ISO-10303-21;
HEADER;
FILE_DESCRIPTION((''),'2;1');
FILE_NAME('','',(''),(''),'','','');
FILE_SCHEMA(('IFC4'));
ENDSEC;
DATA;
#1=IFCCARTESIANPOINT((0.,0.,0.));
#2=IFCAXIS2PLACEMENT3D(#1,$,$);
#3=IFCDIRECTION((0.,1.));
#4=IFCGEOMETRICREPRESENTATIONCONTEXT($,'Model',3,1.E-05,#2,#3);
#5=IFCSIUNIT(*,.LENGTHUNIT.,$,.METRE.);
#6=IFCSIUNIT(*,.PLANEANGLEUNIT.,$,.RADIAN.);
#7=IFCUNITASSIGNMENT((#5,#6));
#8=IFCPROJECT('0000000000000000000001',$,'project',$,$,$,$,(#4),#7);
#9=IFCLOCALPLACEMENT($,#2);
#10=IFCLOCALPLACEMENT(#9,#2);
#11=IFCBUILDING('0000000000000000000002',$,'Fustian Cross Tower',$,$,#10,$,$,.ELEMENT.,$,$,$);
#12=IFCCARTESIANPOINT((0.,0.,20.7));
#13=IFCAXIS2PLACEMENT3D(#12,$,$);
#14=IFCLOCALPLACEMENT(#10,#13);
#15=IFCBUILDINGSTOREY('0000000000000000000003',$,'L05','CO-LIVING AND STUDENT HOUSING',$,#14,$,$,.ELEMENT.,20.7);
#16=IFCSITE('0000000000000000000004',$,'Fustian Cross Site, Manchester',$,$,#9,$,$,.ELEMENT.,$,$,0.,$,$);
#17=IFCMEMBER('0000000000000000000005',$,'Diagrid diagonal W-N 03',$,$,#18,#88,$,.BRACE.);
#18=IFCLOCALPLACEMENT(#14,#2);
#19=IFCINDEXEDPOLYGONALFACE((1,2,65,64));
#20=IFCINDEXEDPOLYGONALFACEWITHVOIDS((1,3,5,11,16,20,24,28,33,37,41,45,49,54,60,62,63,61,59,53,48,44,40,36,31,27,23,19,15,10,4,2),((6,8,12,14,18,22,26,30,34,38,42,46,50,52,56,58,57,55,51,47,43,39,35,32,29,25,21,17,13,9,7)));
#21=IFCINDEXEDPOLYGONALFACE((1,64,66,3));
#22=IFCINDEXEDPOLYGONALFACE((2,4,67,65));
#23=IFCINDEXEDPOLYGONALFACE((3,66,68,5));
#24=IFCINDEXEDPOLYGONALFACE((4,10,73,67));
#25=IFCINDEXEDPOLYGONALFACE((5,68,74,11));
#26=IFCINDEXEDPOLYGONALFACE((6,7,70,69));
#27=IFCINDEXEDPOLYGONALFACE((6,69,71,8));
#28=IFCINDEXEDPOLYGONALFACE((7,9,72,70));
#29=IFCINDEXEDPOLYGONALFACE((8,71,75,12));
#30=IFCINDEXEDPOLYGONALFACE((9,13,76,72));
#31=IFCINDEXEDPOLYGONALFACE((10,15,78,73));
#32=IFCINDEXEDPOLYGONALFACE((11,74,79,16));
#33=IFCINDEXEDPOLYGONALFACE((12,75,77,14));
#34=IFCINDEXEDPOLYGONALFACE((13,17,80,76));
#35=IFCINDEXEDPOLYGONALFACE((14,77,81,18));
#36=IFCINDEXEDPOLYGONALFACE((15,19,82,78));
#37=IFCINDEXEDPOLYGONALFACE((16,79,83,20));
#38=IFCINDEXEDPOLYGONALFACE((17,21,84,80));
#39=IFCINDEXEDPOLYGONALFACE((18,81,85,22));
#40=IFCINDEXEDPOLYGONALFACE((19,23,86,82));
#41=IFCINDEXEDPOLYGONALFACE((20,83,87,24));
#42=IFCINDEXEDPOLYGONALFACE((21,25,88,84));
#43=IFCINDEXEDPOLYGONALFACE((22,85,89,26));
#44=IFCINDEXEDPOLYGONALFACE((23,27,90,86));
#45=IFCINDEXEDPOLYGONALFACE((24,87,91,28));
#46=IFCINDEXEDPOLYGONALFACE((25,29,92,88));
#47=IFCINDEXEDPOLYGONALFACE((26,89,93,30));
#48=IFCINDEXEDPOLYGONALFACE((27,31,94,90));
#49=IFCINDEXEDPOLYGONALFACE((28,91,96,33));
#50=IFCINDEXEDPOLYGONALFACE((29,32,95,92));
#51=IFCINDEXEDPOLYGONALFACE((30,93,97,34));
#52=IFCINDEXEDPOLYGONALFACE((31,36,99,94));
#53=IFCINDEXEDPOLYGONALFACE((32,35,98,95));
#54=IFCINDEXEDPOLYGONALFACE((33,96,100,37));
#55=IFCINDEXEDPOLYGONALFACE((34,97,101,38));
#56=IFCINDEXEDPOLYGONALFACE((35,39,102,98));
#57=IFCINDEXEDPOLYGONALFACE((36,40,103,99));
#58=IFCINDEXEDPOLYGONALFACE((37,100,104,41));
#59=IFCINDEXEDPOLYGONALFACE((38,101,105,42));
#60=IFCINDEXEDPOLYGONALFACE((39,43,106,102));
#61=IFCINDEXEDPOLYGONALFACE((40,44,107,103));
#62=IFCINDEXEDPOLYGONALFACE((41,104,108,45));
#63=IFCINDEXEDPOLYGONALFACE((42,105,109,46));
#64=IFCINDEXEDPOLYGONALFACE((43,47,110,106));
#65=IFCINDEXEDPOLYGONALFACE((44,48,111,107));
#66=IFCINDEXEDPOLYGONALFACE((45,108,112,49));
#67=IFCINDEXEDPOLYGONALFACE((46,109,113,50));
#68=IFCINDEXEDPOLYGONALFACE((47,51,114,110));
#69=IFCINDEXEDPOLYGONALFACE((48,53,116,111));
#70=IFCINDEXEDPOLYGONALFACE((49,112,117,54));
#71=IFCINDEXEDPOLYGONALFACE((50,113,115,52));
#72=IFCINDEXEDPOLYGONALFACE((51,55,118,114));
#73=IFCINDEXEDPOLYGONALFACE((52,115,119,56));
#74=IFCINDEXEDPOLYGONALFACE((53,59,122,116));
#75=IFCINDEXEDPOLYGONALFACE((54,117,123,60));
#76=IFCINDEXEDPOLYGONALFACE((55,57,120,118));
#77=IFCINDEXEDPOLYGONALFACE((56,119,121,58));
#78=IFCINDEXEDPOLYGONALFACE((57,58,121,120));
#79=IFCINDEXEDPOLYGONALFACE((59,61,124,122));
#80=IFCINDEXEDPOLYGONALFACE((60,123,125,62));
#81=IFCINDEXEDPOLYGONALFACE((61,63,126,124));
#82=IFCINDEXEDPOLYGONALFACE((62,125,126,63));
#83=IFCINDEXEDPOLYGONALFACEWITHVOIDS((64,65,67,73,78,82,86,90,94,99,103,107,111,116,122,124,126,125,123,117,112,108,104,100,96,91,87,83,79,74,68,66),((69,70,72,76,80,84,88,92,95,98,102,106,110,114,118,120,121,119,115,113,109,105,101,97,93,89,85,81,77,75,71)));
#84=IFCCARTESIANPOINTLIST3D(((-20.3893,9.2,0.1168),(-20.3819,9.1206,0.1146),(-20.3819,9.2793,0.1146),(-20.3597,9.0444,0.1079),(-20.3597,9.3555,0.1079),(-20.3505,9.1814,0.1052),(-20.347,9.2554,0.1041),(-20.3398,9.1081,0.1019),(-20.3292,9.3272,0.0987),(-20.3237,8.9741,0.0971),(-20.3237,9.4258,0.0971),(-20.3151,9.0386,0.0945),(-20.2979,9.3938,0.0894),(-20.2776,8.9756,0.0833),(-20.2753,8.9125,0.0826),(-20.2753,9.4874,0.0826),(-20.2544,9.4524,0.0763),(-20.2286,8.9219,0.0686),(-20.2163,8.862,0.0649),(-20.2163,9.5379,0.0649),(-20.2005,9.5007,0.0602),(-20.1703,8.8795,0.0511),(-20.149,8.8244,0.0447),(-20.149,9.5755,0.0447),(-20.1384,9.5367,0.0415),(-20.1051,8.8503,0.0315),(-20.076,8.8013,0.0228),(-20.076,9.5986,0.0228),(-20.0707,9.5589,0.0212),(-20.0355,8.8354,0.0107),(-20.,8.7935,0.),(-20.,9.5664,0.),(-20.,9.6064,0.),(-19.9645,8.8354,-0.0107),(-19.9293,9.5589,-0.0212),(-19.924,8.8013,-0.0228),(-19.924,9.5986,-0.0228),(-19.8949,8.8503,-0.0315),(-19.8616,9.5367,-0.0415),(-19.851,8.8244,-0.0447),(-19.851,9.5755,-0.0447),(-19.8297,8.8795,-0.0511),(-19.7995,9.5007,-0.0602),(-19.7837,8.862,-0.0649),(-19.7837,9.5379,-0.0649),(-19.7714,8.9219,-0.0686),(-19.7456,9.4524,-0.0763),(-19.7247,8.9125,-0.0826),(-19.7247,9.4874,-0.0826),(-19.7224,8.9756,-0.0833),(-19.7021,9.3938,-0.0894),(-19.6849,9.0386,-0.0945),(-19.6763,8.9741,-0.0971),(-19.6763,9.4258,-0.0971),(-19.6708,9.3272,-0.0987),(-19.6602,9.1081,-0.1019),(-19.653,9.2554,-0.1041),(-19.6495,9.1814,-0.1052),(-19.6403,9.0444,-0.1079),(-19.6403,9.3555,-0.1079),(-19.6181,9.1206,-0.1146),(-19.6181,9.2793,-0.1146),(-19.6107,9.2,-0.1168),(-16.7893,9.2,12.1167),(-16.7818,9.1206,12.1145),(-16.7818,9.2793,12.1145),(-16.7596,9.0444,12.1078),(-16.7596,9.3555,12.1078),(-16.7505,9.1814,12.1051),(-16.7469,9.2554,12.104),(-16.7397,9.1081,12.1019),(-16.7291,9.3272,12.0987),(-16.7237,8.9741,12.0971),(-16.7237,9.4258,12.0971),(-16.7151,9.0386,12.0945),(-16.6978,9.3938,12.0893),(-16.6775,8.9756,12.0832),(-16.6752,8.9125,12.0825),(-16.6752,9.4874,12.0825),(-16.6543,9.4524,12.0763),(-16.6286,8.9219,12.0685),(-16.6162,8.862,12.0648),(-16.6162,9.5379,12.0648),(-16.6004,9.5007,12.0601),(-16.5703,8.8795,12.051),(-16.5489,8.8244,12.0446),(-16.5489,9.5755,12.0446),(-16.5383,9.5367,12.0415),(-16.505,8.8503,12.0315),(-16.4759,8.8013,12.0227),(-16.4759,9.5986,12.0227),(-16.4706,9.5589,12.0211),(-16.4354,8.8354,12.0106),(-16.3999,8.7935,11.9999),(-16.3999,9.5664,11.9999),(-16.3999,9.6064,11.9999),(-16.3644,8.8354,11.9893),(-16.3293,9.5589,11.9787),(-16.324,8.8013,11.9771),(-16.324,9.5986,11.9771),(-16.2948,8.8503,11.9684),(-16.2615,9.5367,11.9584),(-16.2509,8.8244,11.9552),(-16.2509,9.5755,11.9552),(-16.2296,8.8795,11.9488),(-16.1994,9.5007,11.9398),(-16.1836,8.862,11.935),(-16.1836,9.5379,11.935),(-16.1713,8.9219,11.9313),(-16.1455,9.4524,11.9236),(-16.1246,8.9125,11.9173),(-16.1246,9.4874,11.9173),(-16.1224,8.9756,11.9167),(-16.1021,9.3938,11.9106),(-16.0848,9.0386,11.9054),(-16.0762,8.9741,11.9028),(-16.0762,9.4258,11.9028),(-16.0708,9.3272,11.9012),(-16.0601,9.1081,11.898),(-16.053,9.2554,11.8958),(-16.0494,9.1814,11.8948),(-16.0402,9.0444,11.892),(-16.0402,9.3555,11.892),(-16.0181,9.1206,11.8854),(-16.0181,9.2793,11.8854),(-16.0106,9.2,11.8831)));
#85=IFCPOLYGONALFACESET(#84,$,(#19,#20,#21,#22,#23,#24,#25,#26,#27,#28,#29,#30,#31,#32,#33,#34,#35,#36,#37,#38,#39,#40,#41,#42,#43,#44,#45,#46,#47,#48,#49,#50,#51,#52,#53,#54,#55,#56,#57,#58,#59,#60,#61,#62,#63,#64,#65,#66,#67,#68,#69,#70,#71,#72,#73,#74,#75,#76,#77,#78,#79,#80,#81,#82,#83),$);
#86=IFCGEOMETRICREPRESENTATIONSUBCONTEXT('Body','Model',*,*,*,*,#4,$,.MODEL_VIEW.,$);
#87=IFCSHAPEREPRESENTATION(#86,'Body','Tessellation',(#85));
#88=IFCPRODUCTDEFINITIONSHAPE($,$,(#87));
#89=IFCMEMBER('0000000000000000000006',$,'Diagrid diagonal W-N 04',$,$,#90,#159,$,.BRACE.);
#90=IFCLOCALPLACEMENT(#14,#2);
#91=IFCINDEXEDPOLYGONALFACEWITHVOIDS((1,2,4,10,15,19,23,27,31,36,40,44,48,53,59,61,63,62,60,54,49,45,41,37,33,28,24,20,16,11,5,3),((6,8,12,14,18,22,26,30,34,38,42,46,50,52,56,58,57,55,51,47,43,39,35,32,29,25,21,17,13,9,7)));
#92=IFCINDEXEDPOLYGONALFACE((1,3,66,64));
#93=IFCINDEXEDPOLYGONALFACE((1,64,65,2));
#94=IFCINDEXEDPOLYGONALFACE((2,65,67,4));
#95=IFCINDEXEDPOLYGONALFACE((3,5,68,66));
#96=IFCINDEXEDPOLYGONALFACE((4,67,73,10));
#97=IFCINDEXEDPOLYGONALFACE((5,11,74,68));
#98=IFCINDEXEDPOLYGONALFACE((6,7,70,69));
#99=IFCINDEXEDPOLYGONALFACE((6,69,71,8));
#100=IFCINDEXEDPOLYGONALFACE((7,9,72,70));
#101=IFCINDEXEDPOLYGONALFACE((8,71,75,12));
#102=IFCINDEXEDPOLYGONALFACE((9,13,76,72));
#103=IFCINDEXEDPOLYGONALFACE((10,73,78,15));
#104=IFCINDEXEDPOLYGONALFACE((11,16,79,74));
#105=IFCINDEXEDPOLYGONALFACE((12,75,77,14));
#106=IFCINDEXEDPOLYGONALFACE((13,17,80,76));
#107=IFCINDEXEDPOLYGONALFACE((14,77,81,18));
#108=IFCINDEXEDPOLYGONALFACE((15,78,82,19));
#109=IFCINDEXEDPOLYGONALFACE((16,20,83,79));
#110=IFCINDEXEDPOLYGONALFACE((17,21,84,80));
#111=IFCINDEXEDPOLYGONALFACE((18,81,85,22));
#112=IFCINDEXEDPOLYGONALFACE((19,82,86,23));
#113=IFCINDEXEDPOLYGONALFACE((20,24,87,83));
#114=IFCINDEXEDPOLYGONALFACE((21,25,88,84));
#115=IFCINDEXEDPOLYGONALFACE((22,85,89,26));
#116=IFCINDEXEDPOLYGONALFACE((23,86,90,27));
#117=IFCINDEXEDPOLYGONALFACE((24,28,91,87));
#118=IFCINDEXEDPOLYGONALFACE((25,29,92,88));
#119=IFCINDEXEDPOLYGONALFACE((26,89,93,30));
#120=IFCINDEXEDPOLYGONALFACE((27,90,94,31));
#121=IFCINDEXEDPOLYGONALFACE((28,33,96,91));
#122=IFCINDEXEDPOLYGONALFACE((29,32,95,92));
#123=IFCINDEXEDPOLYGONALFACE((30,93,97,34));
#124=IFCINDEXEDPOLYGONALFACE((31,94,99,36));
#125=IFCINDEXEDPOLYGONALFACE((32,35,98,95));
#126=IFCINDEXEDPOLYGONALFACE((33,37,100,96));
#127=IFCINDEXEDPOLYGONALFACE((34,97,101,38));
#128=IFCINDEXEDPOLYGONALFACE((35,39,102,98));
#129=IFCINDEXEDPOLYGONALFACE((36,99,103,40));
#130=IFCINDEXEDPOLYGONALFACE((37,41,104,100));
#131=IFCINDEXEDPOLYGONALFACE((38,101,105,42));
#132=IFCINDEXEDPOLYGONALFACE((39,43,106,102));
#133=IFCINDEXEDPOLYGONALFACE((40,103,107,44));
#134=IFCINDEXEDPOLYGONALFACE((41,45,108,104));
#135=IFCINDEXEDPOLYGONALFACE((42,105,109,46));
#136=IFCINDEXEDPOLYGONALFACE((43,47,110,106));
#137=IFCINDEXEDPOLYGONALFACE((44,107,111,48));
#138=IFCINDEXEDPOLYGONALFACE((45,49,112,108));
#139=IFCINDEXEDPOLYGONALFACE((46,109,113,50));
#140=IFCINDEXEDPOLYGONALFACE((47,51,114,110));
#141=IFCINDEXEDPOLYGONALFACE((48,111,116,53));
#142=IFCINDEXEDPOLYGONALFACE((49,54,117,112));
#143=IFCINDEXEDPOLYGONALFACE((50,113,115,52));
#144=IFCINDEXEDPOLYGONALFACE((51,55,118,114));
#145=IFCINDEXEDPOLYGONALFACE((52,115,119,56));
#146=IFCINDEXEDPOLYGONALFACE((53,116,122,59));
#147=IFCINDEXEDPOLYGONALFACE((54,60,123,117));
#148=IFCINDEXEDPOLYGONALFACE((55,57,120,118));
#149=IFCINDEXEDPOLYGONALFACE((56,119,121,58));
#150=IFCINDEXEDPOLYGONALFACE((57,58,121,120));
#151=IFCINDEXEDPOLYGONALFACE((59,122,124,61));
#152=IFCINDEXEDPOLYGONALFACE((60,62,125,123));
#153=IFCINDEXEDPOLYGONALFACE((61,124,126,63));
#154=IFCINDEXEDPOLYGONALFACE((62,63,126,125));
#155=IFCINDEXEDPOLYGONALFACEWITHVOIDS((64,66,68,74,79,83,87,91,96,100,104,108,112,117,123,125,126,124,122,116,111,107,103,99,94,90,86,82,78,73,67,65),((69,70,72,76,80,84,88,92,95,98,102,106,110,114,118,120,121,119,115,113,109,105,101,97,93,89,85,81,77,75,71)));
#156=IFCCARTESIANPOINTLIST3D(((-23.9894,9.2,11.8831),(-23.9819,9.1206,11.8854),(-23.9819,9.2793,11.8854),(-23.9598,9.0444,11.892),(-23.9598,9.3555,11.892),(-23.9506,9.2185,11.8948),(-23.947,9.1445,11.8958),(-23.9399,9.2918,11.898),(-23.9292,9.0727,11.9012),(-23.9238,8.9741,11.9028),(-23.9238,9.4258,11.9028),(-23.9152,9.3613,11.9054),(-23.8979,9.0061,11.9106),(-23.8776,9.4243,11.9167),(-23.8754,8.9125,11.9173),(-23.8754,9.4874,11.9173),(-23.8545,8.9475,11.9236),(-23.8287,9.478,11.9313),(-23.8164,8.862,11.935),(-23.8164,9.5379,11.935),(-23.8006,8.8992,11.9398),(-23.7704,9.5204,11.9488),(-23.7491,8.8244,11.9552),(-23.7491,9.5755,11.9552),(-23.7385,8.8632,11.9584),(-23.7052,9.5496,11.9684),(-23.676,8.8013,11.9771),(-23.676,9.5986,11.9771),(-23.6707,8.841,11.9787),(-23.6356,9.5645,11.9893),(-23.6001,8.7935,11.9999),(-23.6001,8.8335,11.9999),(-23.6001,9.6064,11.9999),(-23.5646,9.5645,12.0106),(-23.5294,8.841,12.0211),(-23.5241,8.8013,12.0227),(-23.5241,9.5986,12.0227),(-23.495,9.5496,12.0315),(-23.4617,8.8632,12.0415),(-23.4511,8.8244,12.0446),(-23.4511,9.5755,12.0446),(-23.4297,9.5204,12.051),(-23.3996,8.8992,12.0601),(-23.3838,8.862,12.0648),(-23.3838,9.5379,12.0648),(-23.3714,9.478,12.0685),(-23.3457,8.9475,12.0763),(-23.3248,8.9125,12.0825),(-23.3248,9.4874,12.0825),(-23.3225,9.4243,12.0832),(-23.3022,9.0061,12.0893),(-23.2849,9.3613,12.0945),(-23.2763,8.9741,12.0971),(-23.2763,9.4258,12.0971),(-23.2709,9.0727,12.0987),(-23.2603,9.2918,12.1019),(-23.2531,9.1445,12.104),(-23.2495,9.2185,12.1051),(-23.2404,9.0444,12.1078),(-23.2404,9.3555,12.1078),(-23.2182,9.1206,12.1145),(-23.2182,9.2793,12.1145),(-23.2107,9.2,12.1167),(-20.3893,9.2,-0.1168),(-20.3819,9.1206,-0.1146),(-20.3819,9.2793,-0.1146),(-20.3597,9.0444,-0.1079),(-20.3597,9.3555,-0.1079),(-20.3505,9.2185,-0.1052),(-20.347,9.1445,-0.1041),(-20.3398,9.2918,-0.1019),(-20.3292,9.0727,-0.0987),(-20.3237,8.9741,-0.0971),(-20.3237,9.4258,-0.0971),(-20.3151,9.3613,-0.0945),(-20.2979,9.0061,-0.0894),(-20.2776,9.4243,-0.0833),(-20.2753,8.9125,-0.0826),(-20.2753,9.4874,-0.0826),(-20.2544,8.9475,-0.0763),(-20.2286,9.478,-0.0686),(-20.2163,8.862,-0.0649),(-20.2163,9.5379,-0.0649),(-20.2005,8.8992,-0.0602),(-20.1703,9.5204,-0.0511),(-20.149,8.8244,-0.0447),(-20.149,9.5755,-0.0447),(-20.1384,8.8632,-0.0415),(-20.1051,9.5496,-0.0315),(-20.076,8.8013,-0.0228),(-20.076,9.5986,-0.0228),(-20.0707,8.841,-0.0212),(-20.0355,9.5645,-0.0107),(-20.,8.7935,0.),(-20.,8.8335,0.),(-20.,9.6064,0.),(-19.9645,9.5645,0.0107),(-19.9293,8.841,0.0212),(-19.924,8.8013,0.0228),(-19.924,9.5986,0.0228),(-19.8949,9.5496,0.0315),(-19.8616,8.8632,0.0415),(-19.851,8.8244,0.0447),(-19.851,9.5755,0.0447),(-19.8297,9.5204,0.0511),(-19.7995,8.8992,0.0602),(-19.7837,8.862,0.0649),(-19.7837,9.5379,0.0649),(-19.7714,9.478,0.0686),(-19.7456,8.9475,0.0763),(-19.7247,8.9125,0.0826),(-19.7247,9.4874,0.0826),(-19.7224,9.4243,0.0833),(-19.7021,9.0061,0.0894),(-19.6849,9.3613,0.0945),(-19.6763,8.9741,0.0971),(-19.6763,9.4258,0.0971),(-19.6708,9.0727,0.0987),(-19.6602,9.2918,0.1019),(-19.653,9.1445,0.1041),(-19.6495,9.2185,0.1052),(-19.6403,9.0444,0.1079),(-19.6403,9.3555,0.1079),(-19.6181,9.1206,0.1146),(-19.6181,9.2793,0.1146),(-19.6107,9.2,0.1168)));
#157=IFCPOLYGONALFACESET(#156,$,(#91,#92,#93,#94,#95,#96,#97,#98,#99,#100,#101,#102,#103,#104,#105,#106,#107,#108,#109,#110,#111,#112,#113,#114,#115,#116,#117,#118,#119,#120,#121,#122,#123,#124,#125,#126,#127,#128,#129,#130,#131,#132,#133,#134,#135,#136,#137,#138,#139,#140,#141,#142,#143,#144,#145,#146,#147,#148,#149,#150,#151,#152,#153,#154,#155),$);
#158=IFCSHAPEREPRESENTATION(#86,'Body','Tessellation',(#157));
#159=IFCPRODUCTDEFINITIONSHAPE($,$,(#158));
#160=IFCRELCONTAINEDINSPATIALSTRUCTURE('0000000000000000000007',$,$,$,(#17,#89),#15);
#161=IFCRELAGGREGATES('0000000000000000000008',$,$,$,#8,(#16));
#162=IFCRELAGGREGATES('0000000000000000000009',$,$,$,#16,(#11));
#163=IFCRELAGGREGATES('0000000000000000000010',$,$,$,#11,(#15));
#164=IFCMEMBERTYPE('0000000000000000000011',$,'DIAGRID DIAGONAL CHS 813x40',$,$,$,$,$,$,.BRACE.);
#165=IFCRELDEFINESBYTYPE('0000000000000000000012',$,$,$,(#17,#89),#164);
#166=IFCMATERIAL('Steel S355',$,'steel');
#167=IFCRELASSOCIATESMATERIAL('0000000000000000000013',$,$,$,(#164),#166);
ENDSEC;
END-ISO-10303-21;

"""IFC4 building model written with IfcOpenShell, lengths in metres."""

from ifc_helpers import new_model, si_unit, direction, frame, origin, origin_2d, place, context, subcontext, project, spatial, hollow_circle, extrude, material, material_profile, profile_set, type_object, element, save


model = new_model("IFC4")

# Units and contexts
model_context = context("Model", 3, precision=1e-05, world=origin(), true_north=direction((0.0, 1.0)))
body_context = subcontext(model_context, "Body", "Model", "MODEL_VIEW")
ifc_project = project(units=[si_unit("LENGTHUNIT", "METRE"), si_unit("PLANEANGLEUNIT", "RADIAN")], contexts=[model_context])

# Site, building, storey
site_placement = place(None, origin())
site = spatial("IfcSite", under=ifc_project, at=site_placement, Name="Fustian Cross Site, Manchester", CompositionType="ELEMENT", RefElevation=0.0)
building_placement = place(site_placement, origin())
building = spatial("IfcBuilding", under=site, at=building_placement, Name="Fustian Cross Tower", CompositionType="ELEMENT")
storey_placement = place(building_placement, frame((0.0, 0.0, 20.7)))
storey = spatial("IfcBuildingStorey", under=building, at=storey_placement, Name="L05", Description="CO-LIVING AND STUDENT HOUSING", CompositionType="ELEMENT", Elevation=20.7)

# Members
ifc_material_1 = material(Name="Steel S355", Category="steel")
ifc_material_profile_1 = material_profile(ifc_material_1, hollow_circle(Radius=0.4065, WallThickness=0.04, at=origin_2d()), Name="CHS 813x40")
ifc_profile_set_1 = profile_set([ifc_material_profile_1], Name="Steel S355")
member_type_1 = type_object("IfcMemberType", Name="DIAGRID DIAGONAL CHS 813x40", PredefinedType="BRACE", material=ifc_profile_set_1)
for number, where, z_axis, x_axis, name in (
    (1, (-20.0, 9.2, 0.0), (0.287355, 0.0, 0.957824), (0.0, 1.0, 0.0), "Diagrid diagonal W-N 03"),
    (2, (-20.0, 9.2, 0.0), (-0.287355, 0.0, 0.957824), (0.0, -1.0, 0.0), "Diagrid diagonal W-N 04"),
):
    element("IfcMember", number, at=place(storey_placement, frame(where, z_axis=z_axis, x_axis=x_axis)), inside=storey, type_object=member_type_1, Name=name, PredefinedType="BRACE", context=body_context, shape_type="SweptSolid", body=[
        extrude(hollow_circle(Radius=0.4065, WallThickness=0.04, at=origin_2d()), origin(), (0.0, 0.0, 1.0), 12.5283),
    ])

save(model, "model.ifc")
